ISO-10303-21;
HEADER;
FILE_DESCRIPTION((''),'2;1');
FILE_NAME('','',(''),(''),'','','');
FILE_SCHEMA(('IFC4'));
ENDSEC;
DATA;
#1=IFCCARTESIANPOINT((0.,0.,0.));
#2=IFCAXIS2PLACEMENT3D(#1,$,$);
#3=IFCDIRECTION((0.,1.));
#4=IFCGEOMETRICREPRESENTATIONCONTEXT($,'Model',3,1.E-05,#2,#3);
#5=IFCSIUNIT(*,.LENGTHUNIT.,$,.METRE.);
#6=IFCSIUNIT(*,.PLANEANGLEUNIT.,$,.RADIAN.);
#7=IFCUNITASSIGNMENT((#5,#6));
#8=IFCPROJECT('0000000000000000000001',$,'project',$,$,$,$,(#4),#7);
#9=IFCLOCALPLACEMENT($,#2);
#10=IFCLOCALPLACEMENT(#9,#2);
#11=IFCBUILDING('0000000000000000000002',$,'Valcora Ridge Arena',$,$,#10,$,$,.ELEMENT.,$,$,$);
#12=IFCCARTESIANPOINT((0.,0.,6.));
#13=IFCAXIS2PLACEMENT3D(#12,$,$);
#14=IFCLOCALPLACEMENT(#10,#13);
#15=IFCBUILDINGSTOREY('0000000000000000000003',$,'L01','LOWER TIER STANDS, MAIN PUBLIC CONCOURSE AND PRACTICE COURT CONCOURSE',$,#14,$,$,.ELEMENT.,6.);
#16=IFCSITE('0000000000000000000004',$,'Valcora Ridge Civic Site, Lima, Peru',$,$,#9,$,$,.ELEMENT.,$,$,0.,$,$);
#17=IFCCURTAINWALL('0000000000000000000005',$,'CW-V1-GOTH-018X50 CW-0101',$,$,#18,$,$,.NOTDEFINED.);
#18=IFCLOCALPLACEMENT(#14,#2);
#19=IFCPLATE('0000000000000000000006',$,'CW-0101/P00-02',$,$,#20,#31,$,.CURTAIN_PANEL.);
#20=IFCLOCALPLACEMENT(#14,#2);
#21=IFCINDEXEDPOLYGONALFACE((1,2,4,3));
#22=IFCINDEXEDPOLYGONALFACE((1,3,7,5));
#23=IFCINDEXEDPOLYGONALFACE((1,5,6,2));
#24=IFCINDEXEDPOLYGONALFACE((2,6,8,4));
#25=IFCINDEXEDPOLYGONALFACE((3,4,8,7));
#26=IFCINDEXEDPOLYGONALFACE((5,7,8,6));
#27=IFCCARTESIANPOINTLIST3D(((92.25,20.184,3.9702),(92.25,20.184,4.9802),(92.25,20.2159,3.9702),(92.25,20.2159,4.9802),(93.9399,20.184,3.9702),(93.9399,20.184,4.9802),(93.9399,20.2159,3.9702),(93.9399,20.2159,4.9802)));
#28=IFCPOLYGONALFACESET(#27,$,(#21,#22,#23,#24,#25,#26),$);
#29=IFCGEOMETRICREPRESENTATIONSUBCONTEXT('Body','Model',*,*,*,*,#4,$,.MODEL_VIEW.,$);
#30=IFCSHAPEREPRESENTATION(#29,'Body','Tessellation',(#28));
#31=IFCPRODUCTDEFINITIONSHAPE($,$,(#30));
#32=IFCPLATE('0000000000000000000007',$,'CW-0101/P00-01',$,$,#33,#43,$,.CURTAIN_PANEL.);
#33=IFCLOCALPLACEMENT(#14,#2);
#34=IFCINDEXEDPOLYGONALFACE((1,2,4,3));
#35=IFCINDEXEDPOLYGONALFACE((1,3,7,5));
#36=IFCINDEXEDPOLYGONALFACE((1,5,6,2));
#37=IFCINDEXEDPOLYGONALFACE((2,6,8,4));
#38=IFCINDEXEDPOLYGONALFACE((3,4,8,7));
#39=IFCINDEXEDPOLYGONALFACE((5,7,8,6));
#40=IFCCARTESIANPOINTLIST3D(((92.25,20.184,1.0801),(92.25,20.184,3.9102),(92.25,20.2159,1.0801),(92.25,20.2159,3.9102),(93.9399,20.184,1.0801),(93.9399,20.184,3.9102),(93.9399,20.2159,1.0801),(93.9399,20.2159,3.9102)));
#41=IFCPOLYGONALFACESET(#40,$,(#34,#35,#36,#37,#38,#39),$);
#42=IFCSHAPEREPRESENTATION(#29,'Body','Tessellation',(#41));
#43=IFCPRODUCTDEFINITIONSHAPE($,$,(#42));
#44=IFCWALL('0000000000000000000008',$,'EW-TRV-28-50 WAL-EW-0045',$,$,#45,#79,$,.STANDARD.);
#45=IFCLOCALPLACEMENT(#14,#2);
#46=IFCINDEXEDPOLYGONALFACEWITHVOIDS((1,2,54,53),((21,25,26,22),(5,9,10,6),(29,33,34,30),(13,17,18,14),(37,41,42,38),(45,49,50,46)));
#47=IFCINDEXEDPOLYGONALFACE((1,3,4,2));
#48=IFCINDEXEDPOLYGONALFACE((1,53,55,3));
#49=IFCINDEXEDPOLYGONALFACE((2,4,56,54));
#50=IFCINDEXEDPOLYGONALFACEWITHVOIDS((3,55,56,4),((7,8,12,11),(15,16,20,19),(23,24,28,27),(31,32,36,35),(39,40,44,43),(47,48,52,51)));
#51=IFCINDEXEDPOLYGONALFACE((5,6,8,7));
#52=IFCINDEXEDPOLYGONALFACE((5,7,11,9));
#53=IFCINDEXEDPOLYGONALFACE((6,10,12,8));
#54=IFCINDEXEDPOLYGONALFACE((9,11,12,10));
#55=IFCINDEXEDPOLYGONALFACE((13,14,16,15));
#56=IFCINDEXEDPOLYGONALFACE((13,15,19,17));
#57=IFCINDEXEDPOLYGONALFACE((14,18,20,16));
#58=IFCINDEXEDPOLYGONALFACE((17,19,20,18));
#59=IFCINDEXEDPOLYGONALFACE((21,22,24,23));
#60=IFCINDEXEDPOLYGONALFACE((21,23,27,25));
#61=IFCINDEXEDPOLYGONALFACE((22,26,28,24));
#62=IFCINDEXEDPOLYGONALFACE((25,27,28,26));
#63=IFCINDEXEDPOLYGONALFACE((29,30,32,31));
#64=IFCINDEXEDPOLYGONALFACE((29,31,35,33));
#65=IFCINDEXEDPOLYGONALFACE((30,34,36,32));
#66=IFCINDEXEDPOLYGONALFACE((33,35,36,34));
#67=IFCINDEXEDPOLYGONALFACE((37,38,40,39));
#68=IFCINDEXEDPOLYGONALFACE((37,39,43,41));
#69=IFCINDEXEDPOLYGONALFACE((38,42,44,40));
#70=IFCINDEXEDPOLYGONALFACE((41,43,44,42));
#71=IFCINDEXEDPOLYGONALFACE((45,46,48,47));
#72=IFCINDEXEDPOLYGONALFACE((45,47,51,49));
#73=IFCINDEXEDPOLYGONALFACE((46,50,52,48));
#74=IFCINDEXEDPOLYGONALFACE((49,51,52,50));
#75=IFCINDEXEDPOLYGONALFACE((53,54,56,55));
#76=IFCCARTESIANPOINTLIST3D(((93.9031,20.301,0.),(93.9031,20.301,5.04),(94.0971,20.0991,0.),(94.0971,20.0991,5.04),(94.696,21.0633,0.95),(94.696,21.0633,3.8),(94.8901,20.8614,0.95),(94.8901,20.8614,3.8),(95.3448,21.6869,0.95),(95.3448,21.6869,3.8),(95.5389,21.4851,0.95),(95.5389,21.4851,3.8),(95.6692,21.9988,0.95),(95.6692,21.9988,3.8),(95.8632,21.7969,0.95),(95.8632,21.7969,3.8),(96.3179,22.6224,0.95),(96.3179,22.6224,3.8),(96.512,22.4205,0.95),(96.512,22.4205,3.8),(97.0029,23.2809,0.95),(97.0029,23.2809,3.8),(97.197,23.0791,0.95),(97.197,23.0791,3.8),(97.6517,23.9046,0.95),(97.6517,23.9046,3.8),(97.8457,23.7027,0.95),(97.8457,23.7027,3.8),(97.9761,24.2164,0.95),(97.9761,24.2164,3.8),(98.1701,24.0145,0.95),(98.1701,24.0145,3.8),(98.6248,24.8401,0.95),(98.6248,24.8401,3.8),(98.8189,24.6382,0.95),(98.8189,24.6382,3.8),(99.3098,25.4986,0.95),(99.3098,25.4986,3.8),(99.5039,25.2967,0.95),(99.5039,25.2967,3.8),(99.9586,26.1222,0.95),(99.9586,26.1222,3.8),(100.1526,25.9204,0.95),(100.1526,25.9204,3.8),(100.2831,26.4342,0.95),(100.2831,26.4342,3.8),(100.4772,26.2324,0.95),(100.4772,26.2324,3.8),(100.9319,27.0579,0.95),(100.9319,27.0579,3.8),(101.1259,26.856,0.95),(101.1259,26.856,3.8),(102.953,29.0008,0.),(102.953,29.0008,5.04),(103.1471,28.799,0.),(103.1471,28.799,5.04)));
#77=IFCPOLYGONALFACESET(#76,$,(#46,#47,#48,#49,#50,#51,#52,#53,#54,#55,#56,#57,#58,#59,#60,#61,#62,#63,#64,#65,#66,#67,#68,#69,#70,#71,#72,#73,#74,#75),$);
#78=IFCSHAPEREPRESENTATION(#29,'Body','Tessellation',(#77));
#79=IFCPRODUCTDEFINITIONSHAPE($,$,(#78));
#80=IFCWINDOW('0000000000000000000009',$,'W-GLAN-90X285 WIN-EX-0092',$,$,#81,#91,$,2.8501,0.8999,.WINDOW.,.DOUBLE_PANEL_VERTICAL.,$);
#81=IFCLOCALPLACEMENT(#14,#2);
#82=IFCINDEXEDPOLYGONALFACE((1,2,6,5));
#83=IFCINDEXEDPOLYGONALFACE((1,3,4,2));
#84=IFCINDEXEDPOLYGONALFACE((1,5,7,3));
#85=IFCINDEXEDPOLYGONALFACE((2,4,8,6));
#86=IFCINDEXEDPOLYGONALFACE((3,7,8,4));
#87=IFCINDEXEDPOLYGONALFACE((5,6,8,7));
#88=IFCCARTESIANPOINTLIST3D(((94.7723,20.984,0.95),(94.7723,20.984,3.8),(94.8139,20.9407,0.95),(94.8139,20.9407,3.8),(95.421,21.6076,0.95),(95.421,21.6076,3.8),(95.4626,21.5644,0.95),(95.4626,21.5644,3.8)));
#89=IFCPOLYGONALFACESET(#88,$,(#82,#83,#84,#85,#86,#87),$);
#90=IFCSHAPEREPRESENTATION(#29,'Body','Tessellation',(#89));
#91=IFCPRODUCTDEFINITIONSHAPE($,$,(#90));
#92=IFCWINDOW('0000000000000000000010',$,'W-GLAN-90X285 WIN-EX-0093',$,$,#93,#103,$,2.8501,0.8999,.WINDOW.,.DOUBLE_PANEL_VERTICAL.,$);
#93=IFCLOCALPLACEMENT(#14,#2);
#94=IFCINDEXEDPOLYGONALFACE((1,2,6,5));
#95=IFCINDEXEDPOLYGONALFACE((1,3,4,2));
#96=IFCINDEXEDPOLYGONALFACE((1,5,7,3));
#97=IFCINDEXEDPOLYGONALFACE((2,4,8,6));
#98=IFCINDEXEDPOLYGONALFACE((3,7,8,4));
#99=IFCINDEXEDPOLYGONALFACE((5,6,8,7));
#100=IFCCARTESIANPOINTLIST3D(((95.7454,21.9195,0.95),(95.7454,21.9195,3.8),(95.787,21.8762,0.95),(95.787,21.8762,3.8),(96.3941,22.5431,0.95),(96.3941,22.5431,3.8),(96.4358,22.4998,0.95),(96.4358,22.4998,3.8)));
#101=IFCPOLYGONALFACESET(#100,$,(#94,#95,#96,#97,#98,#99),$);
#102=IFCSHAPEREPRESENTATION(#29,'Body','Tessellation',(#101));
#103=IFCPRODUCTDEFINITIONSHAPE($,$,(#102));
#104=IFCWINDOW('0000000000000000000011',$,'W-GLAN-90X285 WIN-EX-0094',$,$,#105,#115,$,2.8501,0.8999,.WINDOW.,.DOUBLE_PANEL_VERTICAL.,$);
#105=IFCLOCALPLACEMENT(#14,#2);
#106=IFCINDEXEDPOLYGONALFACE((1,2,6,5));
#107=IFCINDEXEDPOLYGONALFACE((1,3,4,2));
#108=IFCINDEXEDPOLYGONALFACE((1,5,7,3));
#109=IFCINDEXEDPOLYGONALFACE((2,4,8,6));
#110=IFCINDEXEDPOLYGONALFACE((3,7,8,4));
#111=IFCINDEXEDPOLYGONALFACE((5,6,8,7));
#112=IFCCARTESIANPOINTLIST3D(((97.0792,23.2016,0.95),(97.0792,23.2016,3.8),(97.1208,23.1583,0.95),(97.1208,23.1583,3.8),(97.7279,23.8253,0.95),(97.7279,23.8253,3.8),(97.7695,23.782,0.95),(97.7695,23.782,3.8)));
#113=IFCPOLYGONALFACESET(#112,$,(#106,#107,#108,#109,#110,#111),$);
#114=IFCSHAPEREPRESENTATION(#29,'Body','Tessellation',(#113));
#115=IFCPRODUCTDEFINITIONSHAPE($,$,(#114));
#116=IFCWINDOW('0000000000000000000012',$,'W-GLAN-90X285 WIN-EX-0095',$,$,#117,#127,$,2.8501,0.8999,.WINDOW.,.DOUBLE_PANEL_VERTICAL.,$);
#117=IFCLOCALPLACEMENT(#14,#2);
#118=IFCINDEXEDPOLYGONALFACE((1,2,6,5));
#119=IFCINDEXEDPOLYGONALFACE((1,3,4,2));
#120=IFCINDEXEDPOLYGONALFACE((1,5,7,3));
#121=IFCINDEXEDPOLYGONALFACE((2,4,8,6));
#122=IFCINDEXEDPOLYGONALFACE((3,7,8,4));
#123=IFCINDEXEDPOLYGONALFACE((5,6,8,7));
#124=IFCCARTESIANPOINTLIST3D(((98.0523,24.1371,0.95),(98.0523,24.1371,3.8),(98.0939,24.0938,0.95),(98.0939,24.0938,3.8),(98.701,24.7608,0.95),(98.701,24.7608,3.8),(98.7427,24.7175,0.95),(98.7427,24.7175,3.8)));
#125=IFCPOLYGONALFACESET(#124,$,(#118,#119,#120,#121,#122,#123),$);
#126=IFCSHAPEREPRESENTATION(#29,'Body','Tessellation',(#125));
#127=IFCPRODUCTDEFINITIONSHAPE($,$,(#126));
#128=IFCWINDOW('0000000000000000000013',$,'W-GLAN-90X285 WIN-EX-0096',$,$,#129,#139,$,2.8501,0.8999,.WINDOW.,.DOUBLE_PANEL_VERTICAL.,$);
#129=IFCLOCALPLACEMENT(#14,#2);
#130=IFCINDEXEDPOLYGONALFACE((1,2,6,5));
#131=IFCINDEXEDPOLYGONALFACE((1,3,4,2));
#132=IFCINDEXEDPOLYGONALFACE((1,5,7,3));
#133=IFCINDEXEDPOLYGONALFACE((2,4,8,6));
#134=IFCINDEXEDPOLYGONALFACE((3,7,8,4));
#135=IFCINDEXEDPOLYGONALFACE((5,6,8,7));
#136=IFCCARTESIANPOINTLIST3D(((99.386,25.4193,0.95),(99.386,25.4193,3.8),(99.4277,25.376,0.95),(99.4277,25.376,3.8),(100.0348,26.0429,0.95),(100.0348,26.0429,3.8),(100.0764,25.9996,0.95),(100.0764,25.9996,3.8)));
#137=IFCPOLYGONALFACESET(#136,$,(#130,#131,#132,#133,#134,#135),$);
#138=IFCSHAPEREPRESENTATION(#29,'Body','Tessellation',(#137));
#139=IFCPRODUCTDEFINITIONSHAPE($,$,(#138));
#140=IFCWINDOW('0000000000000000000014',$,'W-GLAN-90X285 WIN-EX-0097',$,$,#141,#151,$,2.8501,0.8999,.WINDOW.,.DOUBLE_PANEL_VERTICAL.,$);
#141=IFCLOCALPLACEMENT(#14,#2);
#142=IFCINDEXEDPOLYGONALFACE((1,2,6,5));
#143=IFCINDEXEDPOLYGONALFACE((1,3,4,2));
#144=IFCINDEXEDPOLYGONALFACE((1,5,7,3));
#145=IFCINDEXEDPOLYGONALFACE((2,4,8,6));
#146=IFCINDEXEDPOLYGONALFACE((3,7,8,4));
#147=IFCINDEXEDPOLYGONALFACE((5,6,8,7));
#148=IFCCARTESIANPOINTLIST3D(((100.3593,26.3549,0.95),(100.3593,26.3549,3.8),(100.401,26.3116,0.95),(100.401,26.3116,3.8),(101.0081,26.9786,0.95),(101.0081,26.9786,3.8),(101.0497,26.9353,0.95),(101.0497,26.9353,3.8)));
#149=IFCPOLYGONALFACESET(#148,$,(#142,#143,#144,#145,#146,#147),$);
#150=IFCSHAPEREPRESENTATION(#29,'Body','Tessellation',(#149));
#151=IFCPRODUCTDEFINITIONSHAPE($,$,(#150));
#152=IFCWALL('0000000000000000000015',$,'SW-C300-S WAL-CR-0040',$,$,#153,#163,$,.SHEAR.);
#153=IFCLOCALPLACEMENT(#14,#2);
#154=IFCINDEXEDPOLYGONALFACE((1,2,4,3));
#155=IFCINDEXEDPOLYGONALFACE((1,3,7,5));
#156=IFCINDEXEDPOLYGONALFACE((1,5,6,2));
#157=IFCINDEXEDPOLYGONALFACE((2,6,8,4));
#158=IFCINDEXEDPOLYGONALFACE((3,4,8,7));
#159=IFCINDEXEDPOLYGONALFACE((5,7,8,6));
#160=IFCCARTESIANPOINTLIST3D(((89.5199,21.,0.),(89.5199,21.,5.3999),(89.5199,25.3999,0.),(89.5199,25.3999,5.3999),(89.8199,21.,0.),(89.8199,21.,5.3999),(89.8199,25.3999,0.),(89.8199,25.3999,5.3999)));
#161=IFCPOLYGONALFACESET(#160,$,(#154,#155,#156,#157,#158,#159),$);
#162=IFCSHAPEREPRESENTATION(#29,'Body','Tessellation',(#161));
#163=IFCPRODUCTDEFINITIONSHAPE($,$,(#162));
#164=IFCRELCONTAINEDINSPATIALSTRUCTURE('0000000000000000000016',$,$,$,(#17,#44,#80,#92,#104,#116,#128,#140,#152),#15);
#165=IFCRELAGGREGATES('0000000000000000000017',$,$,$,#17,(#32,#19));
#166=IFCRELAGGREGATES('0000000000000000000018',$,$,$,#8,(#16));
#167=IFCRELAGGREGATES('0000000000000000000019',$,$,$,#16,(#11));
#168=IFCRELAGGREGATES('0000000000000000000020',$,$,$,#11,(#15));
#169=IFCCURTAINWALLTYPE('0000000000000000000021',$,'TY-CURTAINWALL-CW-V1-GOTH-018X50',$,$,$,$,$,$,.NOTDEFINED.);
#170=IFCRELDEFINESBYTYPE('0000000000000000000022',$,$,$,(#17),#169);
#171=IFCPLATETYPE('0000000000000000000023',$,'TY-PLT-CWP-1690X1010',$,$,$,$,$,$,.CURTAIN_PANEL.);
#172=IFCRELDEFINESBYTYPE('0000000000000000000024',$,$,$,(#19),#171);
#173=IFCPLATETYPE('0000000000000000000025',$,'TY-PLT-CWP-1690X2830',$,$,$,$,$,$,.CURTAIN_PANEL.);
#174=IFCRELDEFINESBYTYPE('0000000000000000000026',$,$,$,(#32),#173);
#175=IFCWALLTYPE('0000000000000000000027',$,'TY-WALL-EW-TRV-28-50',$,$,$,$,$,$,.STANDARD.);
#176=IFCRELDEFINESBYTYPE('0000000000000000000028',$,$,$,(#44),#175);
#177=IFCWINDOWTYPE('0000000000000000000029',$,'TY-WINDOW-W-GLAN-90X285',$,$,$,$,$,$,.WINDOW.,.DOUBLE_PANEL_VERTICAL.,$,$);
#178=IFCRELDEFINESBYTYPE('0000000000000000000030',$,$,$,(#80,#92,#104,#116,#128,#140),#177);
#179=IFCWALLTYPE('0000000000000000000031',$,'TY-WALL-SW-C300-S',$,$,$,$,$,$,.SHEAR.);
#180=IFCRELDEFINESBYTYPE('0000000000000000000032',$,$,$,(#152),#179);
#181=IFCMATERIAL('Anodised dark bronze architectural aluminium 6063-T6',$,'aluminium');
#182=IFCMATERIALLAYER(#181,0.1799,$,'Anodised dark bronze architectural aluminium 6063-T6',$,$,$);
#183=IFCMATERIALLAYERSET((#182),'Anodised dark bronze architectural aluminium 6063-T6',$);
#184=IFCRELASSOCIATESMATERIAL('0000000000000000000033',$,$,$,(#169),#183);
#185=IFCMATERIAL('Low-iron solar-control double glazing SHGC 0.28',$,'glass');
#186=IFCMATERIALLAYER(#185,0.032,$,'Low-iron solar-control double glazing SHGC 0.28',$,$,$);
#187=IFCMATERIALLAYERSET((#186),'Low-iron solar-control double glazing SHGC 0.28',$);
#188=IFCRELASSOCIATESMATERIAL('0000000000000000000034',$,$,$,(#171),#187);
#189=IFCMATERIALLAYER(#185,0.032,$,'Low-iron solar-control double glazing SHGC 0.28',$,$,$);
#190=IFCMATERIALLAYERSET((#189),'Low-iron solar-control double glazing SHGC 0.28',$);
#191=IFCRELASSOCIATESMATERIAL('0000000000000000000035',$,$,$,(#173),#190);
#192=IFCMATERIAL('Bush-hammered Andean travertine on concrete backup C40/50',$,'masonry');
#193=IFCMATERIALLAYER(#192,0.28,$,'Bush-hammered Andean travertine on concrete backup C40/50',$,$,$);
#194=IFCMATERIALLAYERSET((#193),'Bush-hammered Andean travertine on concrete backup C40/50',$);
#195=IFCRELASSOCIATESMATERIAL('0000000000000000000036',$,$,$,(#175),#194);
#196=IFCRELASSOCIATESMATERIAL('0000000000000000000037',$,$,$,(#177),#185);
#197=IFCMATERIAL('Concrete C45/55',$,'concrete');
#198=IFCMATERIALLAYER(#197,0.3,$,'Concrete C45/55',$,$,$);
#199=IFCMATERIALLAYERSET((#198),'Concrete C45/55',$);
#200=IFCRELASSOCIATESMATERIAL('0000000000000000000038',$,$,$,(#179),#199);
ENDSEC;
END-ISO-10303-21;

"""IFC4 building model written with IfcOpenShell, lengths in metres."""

from ifc_helpers import new_model, si_unit, direction, frame, frame_2d, origin, origin_2d, place, context, subcontext, project, spatial, rectangle, extrude, material, layer, layer_set, type_object, element, fill, aggregate, save


model = new_model("IFC4")

# Units and contexts
model_context = context("Model", 3, precision=1e-05, world=origin(), true_north=direction((0.0, 1.0)))
body_context = subcontext(model_context, "Body", "Model", "MODEL_VIEW")
ifc_project = project(units=[si_unit("LENGTHUNIT", "METRE"), si_unit("PLANEANGLEUNIT", "RADIAN")], contexts=[model_context])

# Site, building, storey
site_placement = place(None, origin())
site = spatial("IfcSite", under=ifc_project, at=site_placement, Name="Valcora Ridge Civic Site, Lima, Peru", CompositionType="ELEMENT", RefElevation=0.0)
building_placement = place(site_placement, origin())
building = spatial("IfcBuilding", under=site, at=building_placement, Name="Valcora Ridge Arena", CompositionType="ELEMENT")
storey_placement = place(building_placement, frame((0.0, 0.0, 6.0)))
storey = spatial("IfcBuildingStorey", under=building, at=storey_placement, Name="L01", Description="LOWER TIER STANDS, MAIN PUBLIC CONCOURSE AND PRACTICE COURT CONCOURSE", CompositionType="ELEMENT", Elevation=6.0)

# Shared definitions
ifc_material_1 = material(Name="Anodised dark bronze architectural aluminium 6063-T6", Category="aluminium")

# Curtain wall, plates
ifc_layer_1 = layer(ifc_material_1, 0.1799, Name="Anodised dark bronze architectural aluminium 6063-T6")
ifc_layer_set_1 = layer_set([ifc_layer_1], Name="Anodised dark bronze architectural aluminium 6063-T6")
curtain_wall_type_1 = type_object("IfcCurtainWallType", Name="TY-CURTAINWALL-CW-V1-GOTH-018X50", PredefinedType="NOTDEFINED", material=ifc_layer_set_1)
curtain_wall_1_placement = place(storey_placement, origin())
curtain_wall_1 = element("IfcCurtainWall", 1, at=curtain_wall_1_placement, inside=storey, type_object=curtain_wall_type_1, Name="CW-V1-GOTH-018X50 CW-0101", PredefinedType="NOTDEFINED")
ifc_material_2 = material(Name="Low-iron solar-control double glazing SHGC 0.28", Category="glass")
ifc_layer_2 = layer(ifc_material_2, 0.032, Name="Low-iron solar-control double glazing SHGC 0.28")
ifc_layer_set_2 = layer_set([ifc_layer_2], Name="Low-iron solar-control double glazing SHGC 0.28")
plate_type_1 = type_object("IfcPlateType", Name="TY-PLT-CWP-1690X1010", PredefinedType="CURTAIN_PANEL", material=ifc_layer_set_2)
plate_1_placement = place(storey_placement, frame((93.095, 20.2, 3.9702), z_axis=(0.0, 0.0, 1.0), x_axis=(1.0, 0.0, 0.0)))
plate_1 = element("IfcPlate", 2, at=plate_1_placement, type_object=plate_type_1, Name="CW-0101/P00-02", PredefinedType="CURTAIN_PANEL", context=body_context, shape_type="SweptSolid", body=[
    extrude(rectangle(XDim=1.6899, YDim=0.032, at=origin_2d()), origin(), (0.0, 0.0, 1.0), 1.01),
])
ifc_layer_3 = layer(ifc_material_2, 0.032, Name="Low-iron solar-control double glazing SHGC 0.28")
ifc_layer_set_3 = layer_set([ifc_layer_3], Name="Low-iron solar-control double glazing SHGC 0.28")
plate_type_2 = type_object("IfcPlateType", Name="TY-PLT-CWP-1690X2830", PredefinedType="CURTAIN_PANEL", material=ifc_layer_set_3)
plate_2_placement = place(storey_placement, frame((93.095, 20.2, 1.0801), z_axis=(0.0, 0.0, 1.0), x_axis=(1.0, 0.0, 0.0)))
plate_2 = element("IfcPlate", 3, at=plate_2_placement, type_object=plate_type_2, Name="CW-0101/P00-01", PredefinedType="CURTAIN_PANEL", context=body_context, shape_type="SweptSolid", body=[
    extrude(rectangle(XDim=1.6899, YDim=0.032, at=origin_2d()), origin(), (0.0, 0.0, 1.0), 2.8301),
])
aggregate(curtain_wall_1, [plate_2, plate_1])

# Wall, openings, windows
ifc_material_3 = material(Name="Bush-hammered Andean travertine on concrete backup C40/50", Category="masonry")
ifc_layer_4 = layer(ifc_material_3, 0.28, Name="Bush-hammered Andean travertine on concrete backup C40/50")
ifc_layer_set_4 = layer_set([ifc_layer_4], Name="Bush-hammered Andean travertine on concrete backup C40/50")
wall_type_1 = type_object("IfcWallType", Name="TY-WALL-EW-TRV-28-50", PredefinedType="STANDARD", material=ifc_layer_set_4)
wall_1_placement = place(storey_placement, frame((94.0, 20.2, 0.0), z_axis=(0.0, 0.0, 1.0), x_axis=(0.720913, 0.693025, 0.0)))
wall_1 = element("IfcWall", 4, at=wall_1_placement, inside=storey, type_object=wall_type_1, Name="EW-TRV-28-50 WAL-EW-0045", PredefinedType="STANDARD", context=body_context, shape_type="SweptSolid", body=[
    extrude(rectangle(XDim=12.5535, YDim=0.28, at=frame_2d((6.2769, 0.0))), origin(), (0.0, 0.0, 1.0), 5.04),
])
opening_1_placement = place(wall_1_placement, frame((1.1001, 0.0, 0.95)))
opening_1 = element("IfcOpeningElement", 5, at=opening_1_placement, cuts=wall_1, PredefinedType="OPENING", context=body_context, shape_type="SweptSolid", body=[
    extrude(rectangle(XDim=0.8999, YDim=2.8501, at=frame_2d((0.45, 1.425))), frame((0.0, 0.1499, 0.0), z_axis=(0.0, -1.0, 0.0), x_axis=(1.0, 0.0, 0.0)), (0.0, 0.0, 1.0), 0.3),
])
opening_2_placement = place(wall_1_placement, frame((2.45, 0.0, 0.95)))
opening_2 = element("IfcOpeningElement", 6, at=opening_2_placement, cuts=wall_1, PredefinedType="OPENING", context=body_context, shape_type="SweptSolid", body=[
    extrude(rectangle(XDim=0.8999, YDim=2.8501, at=frame_2d((0.45, 1.425))), frame((0.0, 0.1499, 0.0), z_axis=(0.0, -1.0, 0.0), x_axis=(1.0, 0.0, 0.0)), (0.0, 0.0, 1.0), 0.3),
])
opening_3_placement = place(wall_1_placement, frame((4.3, 0.0, 0.95)))
opening_3 = element("IfcOpeningElement", 7, at=opening_3_placement, cuts=wall_1, PredefinedType="OPENING", context=body_context, shape_type="SweptSolid", body=[
    extrude(rectangle(XDim=0.8999, YDim=2.8501, at=frame_2d((0.45, 1.425))), frame((0.0, 0.1499, 0.0), z_axis=(0.0, -1.0, 0.0), x_axis=(1.0, 0.0, 0.0)), (0.0, 0.0, 1.0), 0.3),
])
opening_4_placement = place(wall_1_placement, frame((5.6499, 0.0, 0.95)))
opening_4 = element("IfcOpeningElement", 8, at=opening_4_placement, cuts=wall_1, PredefinedType="OPENING", context=body_context, shape_type="SweptSolid", body=[
    extrude(rectangle(XDim=0.8999, YDim=2.8501, at=frame_2d((0.45, 1.425))), frame((0.0, 0.1499, 0.0), z_axis=(0.0, -1.0, 0.0), x_axis=(1.0, 0.0, 0.0)), (0.0, 0.0, 1.0), 0.3),
])
opening_5_placement = place(wall_1_placement, frame((7.5, 0.0, 0.95)))
opening_5 = element("IfcOpeningElement", 9, at=opening_5_placement, cuts=wall_1, PredefinedType="OPENING", context=body_context, shape_type="SweptSolid", body=[
    extrude(rectangle(XDim=0.8999, YDim=2.8501, at=frame_2d((0.45, 1.425))), frame((0.0, 0.1499, 0.0), z_axis=(0.0, -1.0, 0.0), x_axis=(1.0, 0.0, 0.0)), (0.0, 0.0, 1.0), 0.3),
])
opening_6_placement = place(wall_1_placement, frame((8.8501, 0.0, 0.95)))
opening_6 = element("IfcOpeningElement", 10, at=opening_6_placement, cuts=wall_1, PredefinedType="OPENING", context=body_context, shape_type="SweptSolid", body=[
    extrude(rectangle(XDim=0.8999, YDim=2.8501, at=frame_2d((0.45, 1.425))), frame((0.0, 0.1499, 0.0), z_axis=(0.0, -1.0, 0.0), x_axis=(1.0, 0.0, 0.0)), (0.0, 0.0, 1.0), 0.3),
])
window_type = type_object("IfcWindowType", Name="TY-WINDOW-W-GLAN-90X285", PartitioningType="DOUBLE_PANEL_VERTICAL", PredefinedType="WINDOW", material=ifc_material_2)
window_1_placement = place(opening_1_placement, origin())
window_1 = element("IfcWindow", 11, at=window_1_placement, inside=storey, type_object=window_type, Name="W-GLAN-90X285 WIN-EX-0092", OverallHeight=2.8501, OverallWidth=0.8999, PartitioningType="DOUBLE_PANEL_VERTICAL", PredefinedType="WINDOW", context=body_context, shape_type="SweptSolid", body=[
    extrude(rectangle(XDim=0.8999, YDim=2.8501, at=frame_2d((0.45, 1.425))), frame((0.0, 0.03, 0.0), z_axis=(0.0, -1.0, 0.0), x_axis=(1.0, 0.0, 0.0)), (0.0, 0.0, 1.0), 0.0601),
])
fill(opening_1, window_1)
window_2_placement = place(opening_2_placement, origin())
window_2 = element("IfcWindow", 12, at=window_2_placement, inside=storey, type_object=window_type, Name="W-GLAN-90X285 WIN-EX-0093", OverallHeight=2.8501, OverallWidth=0.8999, PartitioningType="DOUBLE_PANEL_VERTICAL", PredefinedType="WINDOW", context=body_context, shape_type="SweptSolid", body=[
    extrude(rectangle(XDim=0.8999, YDim=2.8501, at=frame_2d((0.45, 1.425))), frame((0.0, 0.03, 0.0), z_axis=(0.0, -1.0, 0.0), x_axis=(1.0, 0.0, 0.0)), (0.0, 0.0, 1.0), 0.0601),
])
fill(opening_2, window_2)
window_3_placement = place(opening_3_placement, origin())
window_3 = element("IfcWindow", 13, at=window_3_placement, inside=storey, type_object=window_type, Name="W-GLAN-90X285 WIN-EX-0094", OverallHeight=2.8501, OverallWidth=0.8999, PartitioningType="DOUBLE_PANEL_VERTICAL", PredefinedType="WINDOW", context=body_context, shape_type="SweptSolid", body=[
    extrude(rectangle(XDim=0.8999, YDim=2.8501, at=frame_2d((0.45, 1.425))), frame((0.0, 0.03, 0.0), z_axis=(0.0, -1.0, 0.0), x_axis=(1.0, 0.0, 0.0)), (0.0, 0.0, 1.0), 0.0601),
])
fill(opening_3, window_3)
window_4_placement = place(opening_4_placement, origin())
window_4 = element("IfcWindow", 14, at=window_4_placement, inside=storey, type_object=window_type, Name="W-GLAN-90X285 WIN-EX-0095", OverallHeight=2.8501, OverallWidth=0.8999, PartitioningType="DOUBLE_PANEL_VERTICAL", PredefinedType="WINDOW", context=body_context, shape_type="SweptSolid", body=[
    extrude(rectangle(XDim=0.8999, YDim=2.8501, at=frame_2d((0.45, 1.425))), frame((0.0, 0.03, 0.0), z_axis=(0.0, -1.0, 0.0), x_axis=(1.0, 0.0, 0.0)), (0.0, 0.0, 1.0), 0.0601),
])
fill(opening_4, window_4)
window_5_placement = place(opening_5_placement, origin())
window_5 = element("IfcWindow", 15, at=window_5_placement, inside=storey, type_object=window_type, Name="W-GLAN-90X285 WIN-EX-0096", OverallHeight=2.8501, OverallWidth=0.8999, PartitioningType="DOUBLE_PANEL_VERTICAL", PredefinedType="WINDOW", context=body_context, shape_type="SweptSolid", body=[
    extrude(rectangle(XDim=0.8999, YDim=2.8501, at=frame_2d((0.45, 1.425))), frame((0.0, 0.03, 0.0), z_axis=(0.0, -1.0, 0.0), x_axis=(1.0, 0.0, 0.0)), (0.0, 0.0, 1.0), 0.0601),
])
fill(opening_5, window_5)
window_6_placement = place(opening_6_placement, origin())
window_6 = element("IfcWindow", 16, at=window_6_placement, inside=storey, type_object=window_type, Name="W-GLAN-90X285 WIN-EX-0097", OverallHeight=2.8501, OverallWidth=0.8999, PartitioningType="DOUBLE_PANEL_VERTICAL", PredefinedType="WINDOW", context=body_context, shape_type="SweptSolid", body=[
    extrude(rectangle(XDim=0.8999, YDim=2.8501, at=frame_2d((0.45, 1.425))), frame((0.0, 0.03, 0.0), z_axis=(0.0, -1.0, 0.0), x_axis=(1.0, 0.0, 0.0)), (0.0, 0.0, 1.0), 0.0601),
])
fill(opening_6, window_6)

# Wall
ifc_material_4 = material(Name="Concrete C45/55", Category="concrete")
ifc_layer_5 = layer(ifc_material_4, 0.3, Name="Concrete C45/55")
ifc_layer_set_5 = layer_set([ifc_layer_5], Name="Concrete C45/55")
wall_type_2 = type_object("IfcWallType", Name="TY-WALL-SW-C300-S", PredefinedType="SHEAR", material=ifc_layer_set_5)
wall_2_placement = place(storey_placement, frame((89.6699, 21.0, 0.0), z_axis=(0.0, 0.0, 1.0), x_axis=(0.0, 1.0, 0.0)))
element("IfcWall", 17, at=wall_2_placement, inside=storey, type_object=wall_type_2, Name="SW-C300-S WAL-CR-0040", PredefinedType="SHEAR", context=body_context, shape_type="SweptSolid", body=[
    extrude(rectangle(XDim=4.3999, YDim=0.3, at=frame_2d((2.2, 0.0))), origin(), (0.0, 0.0, 1.0), 5.3999),
])

save(model, "model.ifc")
